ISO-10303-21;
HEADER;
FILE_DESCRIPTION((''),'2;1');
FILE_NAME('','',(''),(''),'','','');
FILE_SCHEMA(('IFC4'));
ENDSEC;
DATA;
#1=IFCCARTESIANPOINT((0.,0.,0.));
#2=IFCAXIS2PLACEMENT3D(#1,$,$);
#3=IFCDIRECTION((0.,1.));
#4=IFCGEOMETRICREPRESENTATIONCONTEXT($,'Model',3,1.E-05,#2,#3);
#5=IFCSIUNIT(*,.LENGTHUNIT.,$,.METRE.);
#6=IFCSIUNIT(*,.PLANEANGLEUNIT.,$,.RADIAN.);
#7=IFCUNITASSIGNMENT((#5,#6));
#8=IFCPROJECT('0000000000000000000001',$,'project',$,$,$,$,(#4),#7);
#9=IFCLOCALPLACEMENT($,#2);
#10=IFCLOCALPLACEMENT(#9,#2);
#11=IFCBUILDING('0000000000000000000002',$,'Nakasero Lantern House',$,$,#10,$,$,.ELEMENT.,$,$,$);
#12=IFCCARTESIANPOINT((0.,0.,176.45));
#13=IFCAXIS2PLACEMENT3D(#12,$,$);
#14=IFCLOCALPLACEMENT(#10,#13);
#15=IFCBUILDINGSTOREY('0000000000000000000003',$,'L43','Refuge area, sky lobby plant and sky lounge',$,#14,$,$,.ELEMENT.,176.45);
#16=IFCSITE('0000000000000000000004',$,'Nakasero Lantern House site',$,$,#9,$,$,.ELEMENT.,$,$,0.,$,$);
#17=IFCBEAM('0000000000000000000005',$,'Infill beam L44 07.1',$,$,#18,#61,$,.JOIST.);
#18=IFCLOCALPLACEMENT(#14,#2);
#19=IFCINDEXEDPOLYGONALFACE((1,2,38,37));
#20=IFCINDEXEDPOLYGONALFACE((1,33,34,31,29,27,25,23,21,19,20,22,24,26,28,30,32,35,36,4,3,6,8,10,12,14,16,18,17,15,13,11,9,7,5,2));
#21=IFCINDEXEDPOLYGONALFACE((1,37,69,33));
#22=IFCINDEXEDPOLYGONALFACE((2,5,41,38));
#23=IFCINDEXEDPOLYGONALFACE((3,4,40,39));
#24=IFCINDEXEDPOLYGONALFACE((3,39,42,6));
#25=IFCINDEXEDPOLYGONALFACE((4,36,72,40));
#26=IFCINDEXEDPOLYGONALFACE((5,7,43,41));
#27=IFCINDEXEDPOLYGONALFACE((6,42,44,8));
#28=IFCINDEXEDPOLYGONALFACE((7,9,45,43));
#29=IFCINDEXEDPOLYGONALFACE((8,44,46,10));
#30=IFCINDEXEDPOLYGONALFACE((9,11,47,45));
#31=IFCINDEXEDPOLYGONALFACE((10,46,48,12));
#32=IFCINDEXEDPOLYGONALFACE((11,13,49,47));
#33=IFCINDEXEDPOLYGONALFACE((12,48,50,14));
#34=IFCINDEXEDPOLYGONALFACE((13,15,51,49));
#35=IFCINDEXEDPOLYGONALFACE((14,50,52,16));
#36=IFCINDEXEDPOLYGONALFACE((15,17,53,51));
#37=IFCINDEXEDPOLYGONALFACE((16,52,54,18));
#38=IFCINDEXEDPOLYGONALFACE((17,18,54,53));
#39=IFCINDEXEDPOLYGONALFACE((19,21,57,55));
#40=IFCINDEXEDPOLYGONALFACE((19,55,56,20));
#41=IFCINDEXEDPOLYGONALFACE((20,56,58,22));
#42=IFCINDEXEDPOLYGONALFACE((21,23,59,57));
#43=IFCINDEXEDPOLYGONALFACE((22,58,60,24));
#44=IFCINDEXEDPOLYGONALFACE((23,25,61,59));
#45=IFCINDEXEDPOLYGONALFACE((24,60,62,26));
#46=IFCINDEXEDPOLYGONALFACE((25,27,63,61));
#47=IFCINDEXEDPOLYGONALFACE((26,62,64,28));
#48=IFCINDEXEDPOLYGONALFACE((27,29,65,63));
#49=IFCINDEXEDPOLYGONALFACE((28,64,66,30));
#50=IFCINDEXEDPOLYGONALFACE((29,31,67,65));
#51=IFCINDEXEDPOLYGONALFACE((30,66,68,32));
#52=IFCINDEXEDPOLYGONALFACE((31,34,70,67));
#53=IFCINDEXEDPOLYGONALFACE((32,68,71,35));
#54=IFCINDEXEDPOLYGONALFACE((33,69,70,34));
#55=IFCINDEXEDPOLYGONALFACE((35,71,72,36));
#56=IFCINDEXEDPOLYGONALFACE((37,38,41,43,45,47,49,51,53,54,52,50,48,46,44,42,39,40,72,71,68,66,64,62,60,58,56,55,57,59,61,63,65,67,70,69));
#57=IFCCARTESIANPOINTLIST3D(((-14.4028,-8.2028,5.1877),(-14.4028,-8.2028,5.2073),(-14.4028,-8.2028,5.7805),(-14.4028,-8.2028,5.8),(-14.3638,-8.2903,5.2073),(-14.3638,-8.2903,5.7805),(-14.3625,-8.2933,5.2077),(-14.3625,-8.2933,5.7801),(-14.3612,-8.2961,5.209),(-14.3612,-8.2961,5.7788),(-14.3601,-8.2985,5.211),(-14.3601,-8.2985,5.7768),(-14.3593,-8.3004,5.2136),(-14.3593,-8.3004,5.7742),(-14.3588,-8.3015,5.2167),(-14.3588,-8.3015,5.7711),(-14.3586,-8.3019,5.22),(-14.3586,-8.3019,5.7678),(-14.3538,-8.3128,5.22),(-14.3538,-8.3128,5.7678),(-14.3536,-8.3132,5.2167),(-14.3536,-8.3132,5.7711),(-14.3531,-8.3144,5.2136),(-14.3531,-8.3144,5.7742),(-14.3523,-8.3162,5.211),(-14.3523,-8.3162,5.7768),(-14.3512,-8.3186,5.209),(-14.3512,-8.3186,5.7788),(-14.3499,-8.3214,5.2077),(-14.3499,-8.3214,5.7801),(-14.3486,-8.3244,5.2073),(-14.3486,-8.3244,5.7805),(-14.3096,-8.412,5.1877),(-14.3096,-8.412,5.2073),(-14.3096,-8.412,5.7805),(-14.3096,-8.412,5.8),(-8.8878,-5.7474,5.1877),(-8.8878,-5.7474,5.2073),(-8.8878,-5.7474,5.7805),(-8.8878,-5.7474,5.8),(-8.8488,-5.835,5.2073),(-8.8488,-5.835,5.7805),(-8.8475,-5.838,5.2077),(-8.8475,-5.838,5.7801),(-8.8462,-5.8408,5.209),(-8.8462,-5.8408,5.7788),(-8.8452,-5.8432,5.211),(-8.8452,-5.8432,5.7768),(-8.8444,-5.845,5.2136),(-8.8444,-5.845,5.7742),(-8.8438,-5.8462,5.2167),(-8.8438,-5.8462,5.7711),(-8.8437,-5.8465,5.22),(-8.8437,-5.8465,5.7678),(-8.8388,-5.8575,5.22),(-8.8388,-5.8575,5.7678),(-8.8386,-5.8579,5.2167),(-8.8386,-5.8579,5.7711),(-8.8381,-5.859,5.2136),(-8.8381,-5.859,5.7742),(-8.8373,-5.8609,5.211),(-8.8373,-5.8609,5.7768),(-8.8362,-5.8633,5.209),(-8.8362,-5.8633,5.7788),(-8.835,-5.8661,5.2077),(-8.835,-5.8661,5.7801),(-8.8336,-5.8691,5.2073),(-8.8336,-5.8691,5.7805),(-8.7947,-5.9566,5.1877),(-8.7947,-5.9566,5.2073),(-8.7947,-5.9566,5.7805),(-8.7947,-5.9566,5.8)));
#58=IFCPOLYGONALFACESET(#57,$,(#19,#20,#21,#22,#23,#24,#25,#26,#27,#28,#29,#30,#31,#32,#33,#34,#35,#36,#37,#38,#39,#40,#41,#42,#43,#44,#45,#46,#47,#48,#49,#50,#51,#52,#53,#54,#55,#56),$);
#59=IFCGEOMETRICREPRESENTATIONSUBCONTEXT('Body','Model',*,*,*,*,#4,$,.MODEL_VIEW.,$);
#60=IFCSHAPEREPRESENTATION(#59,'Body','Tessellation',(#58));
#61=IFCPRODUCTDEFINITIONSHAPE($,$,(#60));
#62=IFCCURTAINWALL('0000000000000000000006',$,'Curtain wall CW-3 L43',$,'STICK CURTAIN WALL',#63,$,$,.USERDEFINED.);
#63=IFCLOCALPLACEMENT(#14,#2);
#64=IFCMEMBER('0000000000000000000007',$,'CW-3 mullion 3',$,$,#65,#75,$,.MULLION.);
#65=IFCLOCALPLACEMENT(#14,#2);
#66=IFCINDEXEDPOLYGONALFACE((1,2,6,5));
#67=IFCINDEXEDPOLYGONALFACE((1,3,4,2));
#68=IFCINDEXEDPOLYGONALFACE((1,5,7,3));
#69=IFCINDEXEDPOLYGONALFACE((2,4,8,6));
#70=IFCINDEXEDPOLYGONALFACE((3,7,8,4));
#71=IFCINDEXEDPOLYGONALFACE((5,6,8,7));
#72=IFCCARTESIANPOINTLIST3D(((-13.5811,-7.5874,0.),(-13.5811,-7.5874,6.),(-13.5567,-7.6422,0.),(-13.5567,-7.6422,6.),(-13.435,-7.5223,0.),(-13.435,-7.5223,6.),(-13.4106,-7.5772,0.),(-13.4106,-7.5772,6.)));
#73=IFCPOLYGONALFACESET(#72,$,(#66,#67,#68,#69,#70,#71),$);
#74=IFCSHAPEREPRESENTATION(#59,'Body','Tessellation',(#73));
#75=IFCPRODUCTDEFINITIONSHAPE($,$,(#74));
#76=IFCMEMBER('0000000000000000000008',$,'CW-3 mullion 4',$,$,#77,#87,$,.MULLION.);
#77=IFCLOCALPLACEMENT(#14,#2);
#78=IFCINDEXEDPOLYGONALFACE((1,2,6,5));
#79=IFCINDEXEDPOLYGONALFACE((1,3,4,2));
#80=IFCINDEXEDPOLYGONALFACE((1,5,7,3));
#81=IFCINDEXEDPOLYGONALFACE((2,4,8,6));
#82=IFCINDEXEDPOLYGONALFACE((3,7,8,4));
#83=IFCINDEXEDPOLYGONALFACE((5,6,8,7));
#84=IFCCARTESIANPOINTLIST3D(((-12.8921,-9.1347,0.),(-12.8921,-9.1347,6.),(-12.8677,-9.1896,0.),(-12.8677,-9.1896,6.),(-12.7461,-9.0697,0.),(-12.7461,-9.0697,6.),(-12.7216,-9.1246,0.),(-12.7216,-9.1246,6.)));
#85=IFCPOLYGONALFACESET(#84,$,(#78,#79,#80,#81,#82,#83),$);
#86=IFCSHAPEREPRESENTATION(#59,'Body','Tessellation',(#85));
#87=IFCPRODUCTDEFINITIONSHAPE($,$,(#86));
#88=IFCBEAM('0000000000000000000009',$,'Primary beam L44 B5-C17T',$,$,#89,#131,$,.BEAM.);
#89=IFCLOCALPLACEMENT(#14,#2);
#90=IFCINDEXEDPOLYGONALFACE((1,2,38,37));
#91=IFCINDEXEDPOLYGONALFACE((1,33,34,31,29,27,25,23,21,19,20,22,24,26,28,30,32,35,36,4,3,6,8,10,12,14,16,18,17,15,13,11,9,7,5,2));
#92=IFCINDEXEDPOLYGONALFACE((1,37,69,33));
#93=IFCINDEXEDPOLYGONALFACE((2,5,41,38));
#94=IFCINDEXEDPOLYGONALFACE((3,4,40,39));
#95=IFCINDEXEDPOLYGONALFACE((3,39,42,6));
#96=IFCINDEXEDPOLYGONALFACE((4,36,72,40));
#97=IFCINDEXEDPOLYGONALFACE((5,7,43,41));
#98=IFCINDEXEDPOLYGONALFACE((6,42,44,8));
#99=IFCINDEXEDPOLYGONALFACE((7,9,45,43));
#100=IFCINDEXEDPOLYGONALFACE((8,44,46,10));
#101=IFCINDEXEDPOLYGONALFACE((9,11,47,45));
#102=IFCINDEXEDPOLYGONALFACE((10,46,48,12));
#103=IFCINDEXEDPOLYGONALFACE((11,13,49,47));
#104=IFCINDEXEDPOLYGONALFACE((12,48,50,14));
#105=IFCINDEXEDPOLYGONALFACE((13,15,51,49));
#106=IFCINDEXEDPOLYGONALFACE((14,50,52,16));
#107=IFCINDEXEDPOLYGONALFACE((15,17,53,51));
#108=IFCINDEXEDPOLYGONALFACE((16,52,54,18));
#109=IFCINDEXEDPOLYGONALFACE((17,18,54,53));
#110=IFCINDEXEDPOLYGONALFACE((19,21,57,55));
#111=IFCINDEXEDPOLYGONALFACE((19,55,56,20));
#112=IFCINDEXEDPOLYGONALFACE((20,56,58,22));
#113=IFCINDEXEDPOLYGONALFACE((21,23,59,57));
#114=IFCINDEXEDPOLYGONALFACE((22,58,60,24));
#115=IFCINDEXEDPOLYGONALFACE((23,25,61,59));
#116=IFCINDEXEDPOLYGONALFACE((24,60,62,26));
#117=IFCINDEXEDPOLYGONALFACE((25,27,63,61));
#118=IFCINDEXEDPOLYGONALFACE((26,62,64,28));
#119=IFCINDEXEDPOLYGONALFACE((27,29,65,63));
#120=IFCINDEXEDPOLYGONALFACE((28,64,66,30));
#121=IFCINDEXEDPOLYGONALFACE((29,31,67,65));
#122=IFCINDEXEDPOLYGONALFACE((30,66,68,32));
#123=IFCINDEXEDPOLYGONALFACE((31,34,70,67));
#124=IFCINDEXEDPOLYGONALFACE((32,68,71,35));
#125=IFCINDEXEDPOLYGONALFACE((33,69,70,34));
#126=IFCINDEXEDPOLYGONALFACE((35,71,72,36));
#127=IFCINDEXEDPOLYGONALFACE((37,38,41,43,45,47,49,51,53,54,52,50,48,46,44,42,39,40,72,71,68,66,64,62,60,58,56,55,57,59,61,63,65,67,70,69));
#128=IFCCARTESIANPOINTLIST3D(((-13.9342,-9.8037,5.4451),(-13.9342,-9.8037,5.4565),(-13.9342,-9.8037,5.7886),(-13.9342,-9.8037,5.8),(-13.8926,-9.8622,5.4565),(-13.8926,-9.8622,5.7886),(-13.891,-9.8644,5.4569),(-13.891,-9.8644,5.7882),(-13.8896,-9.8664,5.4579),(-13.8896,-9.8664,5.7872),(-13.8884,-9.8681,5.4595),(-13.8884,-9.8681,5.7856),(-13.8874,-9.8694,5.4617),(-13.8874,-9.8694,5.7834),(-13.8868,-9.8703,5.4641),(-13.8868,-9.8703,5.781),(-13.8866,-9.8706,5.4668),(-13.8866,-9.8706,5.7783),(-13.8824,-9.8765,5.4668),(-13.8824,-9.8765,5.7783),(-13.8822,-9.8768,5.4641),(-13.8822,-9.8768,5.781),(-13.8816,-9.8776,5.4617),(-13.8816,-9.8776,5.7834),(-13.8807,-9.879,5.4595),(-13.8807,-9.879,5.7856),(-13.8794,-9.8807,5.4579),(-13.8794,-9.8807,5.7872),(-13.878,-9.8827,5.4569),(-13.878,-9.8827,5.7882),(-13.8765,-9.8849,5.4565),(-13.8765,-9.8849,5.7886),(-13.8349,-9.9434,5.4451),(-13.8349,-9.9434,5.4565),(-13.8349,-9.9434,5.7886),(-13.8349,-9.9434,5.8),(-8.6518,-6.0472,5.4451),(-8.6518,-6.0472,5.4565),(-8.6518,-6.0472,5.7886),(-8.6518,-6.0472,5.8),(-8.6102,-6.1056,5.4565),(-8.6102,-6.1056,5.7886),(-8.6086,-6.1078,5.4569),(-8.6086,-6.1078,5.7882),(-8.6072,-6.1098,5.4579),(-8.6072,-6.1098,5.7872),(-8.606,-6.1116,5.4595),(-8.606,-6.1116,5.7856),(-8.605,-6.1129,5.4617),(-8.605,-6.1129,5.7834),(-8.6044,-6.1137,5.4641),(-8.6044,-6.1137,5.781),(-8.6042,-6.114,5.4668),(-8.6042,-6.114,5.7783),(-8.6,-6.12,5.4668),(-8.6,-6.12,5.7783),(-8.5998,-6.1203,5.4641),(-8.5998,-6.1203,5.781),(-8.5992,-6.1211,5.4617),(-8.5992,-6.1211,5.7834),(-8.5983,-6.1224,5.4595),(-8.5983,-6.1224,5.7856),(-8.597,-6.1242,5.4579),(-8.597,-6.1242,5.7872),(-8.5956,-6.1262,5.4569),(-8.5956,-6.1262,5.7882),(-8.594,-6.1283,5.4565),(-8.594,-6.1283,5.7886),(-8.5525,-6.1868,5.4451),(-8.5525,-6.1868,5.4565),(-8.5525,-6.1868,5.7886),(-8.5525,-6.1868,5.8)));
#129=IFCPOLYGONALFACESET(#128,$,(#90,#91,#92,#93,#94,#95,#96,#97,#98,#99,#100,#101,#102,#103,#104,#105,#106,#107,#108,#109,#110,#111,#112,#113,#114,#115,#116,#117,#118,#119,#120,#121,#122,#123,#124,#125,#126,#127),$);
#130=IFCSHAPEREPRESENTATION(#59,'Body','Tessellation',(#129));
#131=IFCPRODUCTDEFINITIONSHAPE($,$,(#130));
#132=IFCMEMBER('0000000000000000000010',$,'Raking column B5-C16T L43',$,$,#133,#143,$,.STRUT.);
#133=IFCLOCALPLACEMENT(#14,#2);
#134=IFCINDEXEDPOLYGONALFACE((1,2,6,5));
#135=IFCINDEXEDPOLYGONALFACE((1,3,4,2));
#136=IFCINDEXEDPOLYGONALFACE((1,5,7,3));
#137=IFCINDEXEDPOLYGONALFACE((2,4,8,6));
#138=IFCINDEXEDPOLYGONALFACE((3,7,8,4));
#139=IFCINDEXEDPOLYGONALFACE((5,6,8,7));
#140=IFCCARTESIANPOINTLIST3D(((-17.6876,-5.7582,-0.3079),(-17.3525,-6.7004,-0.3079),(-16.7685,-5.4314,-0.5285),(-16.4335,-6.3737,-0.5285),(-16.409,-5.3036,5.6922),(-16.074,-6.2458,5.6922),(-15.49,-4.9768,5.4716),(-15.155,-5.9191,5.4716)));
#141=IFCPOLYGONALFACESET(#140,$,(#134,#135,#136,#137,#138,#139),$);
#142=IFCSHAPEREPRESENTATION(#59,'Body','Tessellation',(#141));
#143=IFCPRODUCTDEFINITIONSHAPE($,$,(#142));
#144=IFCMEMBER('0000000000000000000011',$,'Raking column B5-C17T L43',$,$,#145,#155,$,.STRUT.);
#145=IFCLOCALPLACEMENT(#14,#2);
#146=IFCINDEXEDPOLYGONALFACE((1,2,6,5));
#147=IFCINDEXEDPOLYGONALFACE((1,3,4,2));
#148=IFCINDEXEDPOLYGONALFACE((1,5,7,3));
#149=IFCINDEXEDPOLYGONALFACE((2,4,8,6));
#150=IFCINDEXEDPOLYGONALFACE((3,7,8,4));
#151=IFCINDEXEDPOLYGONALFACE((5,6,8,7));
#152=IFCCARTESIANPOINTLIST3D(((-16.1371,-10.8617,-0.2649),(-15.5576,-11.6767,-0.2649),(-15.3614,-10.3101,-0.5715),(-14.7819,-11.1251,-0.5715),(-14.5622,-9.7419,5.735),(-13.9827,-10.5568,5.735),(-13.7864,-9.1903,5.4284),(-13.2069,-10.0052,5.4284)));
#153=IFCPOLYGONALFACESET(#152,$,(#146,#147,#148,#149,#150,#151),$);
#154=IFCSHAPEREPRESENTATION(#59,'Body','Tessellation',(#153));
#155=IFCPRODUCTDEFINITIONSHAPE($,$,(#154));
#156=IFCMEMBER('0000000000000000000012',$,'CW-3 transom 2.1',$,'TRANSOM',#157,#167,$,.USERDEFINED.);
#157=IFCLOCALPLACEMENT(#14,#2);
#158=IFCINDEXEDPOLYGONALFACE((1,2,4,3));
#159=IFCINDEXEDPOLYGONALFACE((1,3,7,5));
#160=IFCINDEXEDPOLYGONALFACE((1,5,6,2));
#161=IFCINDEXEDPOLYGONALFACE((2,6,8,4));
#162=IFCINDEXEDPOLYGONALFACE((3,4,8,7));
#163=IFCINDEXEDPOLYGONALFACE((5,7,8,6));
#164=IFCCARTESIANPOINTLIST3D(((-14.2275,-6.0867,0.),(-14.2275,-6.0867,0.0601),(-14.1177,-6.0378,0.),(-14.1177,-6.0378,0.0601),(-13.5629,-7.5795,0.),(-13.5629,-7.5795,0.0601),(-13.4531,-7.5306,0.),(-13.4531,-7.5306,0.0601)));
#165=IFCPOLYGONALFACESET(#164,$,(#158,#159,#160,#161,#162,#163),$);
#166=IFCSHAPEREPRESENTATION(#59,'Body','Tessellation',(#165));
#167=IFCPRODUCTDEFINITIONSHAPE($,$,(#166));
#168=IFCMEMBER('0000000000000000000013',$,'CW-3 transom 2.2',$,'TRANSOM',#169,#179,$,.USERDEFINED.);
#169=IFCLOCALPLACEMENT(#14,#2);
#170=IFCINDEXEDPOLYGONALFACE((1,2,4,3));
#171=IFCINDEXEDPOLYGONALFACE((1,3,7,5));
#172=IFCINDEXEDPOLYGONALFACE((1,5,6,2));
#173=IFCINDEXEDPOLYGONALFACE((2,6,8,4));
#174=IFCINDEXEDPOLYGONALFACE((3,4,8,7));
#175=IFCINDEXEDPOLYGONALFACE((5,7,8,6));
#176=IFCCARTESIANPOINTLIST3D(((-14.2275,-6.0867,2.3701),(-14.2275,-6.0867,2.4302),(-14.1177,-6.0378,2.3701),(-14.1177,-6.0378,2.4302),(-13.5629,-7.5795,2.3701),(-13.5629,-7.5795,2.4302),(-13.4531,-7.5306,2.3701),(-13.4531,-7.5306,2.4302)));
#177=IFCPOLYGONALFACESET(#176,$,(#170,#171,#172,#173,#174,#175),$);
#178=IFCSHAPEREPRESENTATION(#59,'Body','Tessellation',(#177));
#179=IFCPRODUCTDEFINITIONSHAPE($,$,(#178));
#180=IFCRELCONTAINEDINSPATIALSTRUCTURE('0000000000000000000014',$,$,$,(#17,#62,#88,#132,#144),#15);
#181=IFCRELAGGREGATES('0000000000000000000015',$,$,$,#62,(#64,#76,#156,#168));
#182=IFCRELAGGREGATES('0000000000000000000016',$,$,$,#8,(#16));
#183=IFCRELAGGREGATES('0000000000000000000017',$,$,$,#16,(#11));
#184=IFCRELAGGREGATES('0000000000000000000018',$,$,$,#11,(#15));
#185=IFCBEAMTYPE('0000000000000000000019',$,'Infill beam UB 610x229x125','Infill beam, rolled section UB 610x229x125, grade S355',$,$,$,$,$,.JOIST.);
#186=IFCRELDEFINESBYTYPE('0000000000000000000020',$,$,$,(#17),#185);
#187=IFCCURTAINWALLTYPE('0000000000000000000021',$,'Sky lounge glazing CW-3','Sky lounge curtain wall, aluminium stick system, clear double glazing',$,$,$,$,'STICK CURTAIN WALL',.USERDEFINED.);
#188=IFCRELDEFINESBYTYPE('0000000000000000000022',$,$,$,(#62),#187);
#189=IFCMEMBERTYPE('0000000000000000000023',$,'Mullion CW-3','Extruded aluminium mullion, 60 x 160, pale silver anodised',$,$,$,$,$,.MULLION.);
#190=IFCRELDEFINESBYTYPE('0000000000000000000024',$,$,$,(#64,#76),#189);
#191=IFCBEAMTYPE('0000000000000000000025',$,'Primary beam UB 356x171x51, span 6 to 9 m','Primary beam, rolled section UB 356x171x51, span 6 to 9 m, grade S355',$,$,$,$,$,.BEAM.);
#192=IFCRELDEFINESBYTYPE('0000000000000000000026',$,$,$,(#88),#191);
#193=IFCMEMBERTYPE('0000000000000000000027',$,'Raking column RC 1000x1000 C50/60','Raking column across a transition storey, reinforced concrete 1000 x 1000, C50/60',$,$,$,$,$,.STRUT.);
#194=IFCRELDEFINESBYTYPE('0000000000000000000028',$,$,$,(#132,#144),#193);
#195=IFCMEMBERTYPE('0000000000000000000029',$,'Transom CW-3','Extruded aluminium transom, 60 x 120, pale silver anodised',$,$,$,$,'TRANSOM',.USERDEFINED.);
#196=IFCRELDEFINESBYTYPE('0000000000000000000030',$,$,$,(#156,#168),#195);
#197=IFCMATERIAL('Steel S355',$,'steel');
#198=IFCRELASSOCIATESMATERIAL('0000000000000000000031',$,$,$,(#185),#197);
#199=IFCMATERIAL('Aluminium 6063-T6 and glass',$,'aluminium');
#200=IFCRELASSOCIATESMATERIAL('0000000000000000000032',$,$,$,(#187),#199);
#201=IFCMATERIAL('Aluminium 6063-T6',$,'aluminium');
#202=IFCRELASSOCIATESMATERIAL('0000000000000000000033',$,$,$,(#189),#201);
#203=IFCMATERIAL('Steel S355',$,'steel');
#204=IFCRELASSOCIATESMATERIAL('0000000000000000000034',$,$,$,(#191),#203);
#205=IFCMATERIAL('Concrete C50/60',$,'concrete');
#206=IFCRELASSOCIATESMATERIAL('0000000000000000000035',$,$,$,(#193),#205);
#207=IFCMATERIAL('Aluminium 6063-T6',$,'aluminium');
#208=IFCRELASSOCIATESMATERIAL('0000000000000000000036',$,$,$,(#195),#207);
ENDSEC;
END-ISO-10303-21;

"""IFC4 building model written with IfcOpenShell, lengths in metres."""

from ifc_helpers import new_model, si_unit, direction, frame, origin, origin_2d, place, context, subcontext, project, spatial, rectangle, i_section, extrude, material, material_profile, profile_set, type_object, element, aggregate, save


model = new_model("IFC4")

# Units and contexts
model_context = context("Model", 3, precision=1e-05, world=origin(), true_north=direction((0.0, 1.0)))
body_context = subcontext(model_context, "Body", "Model", "MODEL_VIEW")
ifc_project = project(units=[si_unit("LENGTHUNIT", "METRE"), si_unit("PLANEANGLEUNIT", "RADIAN")], contexts=[model_context])

# Site, building, storey
site_placement = place(None, origin())
site = spatial("IfcSite", under=ifc_project, at=site_placement, Name="Nakasero Lantern House site", CompositionType="ELEMENT", RefElevation=0.0)
building_placement = place(site_placement, origin())
building = spatial("IfcBuilding", under=site, at=building_placement, Name="Nakasero Lantern House", CompositionType="ELEMENT")
storey_placement = place(building_placement, frame((0.0, 0.0, 176.45)))
storey = spatial("IfcBuildingStorey", under=building, at=storey_placement, Name="L43", Description="Refuge area, sky lobby plant and sky lounge", CompositionType="ELEMENT", Elevation=176.45)

# Beam
ifc_material_1 = material(Name="Steel S355", Category="steel")
ifc_material_profile_1 = material_profile(ifc_material_1, i_section(OverallWidth=0.229, OverallDepth=0.6123, WebThickness=0.012, FlangeThickness=0.0195, FilletRadius=0.0127, at=origin_2d()), Name="UB 610x229x125")
ifc_profile_set_1 = profile_set([ifc_material_profile_1], Name="Steel S355")
beam_type_1 = type_object("IfcBeamType", Name="Infill beam UB 610x229x125", Description="Infill beam, rolled section UB 610x229x125, grade S355", PredefinedType="JOIST", material=ifc_profile_set_1)
beam_1_placement = place(storey_placement, frame((-14.3562, -8.3074, 5.4939), z_axis=(0.91355, 0.406728, 0.0), x_axis=(-0.406728, 0.91355, 0.0)))
element("IfcBeam", 1, at=beam_1_placement, inside=storey, type_object=beam_type_1, Name="Infill beam L44 07.1", PredefinedType="JOIST", context=body_context, shape_type="SweptSolid", body=[
    extrude(i_section(OverallWidth=0.229, OverallDepth=0.6123, WebThickness=0.012, FlangeThickness=0.0195, FilletRadius=0.0127, at=origin_2d()), origin(), (0.0, 0.0, 1.0), 6.0369),
])

# Curtain wall, members
ifc_material_2 = material(Name="Aluminium 6063-T6 and glass", Category="aluminium")
curtain_wall_type = type_object("IfcCurtainWallType", Name="Sky lounge glazing CW-3", Description="Sky lounge curtain wall, aluminium stick system, clear double glazing", ElementType="STICK CURTAIN WALL", PredefinedType="USERDEFINED", material=ifc_material_2)
curtain_wall_placement = place(storey_placement, origin())
curtain_wall = element("IfcCurtainWall", 2, at=curtain_wall_placement, inside=storey, type_object=curtain_wall_type, Name="Curtain wall CW-3 L43", ObjectType="STICK CURTAIN WALL", PredefinedType="USERDEFINED")
ifc_material_3 = material(Name="Aluminium 6063-T6", Category="aluminium")
ifc_material_profile_2 = material_profile(ifc_material_3, rectangle(XDim=0.0601, YDim=0.1599, at=origin_2d()), Name="CW-3 mullion 60x160")
ifc_profile_set_2 = profile_set([ifc_material_profile_2], Name="Aluminium 6063-T6")
member_type_1 = type_object("IfcMemberType", Name="Mullion CW-3", Description="Extruded aluminium mullion, 60 x 160, pale silver anodised", PredefinedType="MULLION", material=ifc_profile_set_2)
member_1_placement = place(storey_placement, frame((-13.4958, -7.5823, 0.0), z_axis=(0.0, 0.0, 1.0), x_axis=(0.406737, -0.913545, 0.0)))
member_1 = element("IfcMember", 3, at=member_1_placement, type_object=member_type_1, Name="CW-3 mullion 3", PredefinedType="MULLION", context=body_context, shape_type="SweptSolid", body=[
    extrude(rectangle(XDim=0.0601, YDim=0.1599, at=origin_2d()), origin(), (0.0, 0.0, 1.0), 6.0),
])
member_2_placement = place(storey_placement, frame((-12.8069, -9.1296, 0.0), z_axis=(0.0, 0.0, 1.0), x_axis=(0.406737, -0.913545, 0.0)))
member_2 = element("IfcMember", 4, at=member_2_placement, type_object=member_type_1, Name="CW-3 mullion 4", PredefinedType="MULLION", context=body_context, shape_type="SweptSolid", body=[
    extrude(rectangle(XDim=0.0601, YDim=0.1599, at=origin_2d()), origin(), (0.0, 0.0, 1.0), 6.0),
])

# Beam
ifc_material_4 = material(Name="Steel S355", Category="steel")
ifc_material_profile_3 = material_profile(ifc_material_4, i_section(OverallWidth=0.1714, OverallDepth=0.355, WebThickness=0.0073, FlangeThickness=0.0115, FilletRadius=0.0103, at=origin_2d()), Name="UB 356x171x51")
ifc_profile_set_3 = profile_set([ifc_material_profile_3], Name="Steel S355")
beam_type_2 = type_object("IfcBeamType", Name="Primary beam UB 356x171x51, span 6 to 9 m", Description="Primary beam, rolled section UB 356x171x51, span 6 to 9 m, grade S355", PredefinedType="BEAM", material=ifc_profile_set_3)
beam_2_placement = place(storey_placement, frame((-13.8845, -9.8735, 5.6226), z_axis=(0.814943, 0.579541, 0.0), x_axis=(-0.579541, 0.814943, 0.0)))
element("IfcBeam", 5, at=beam_2_placement, inside=storey, type_object=beam_type_2, Name="Primary beam L44 B5-C17T", PredefinedType="BEAM", context=body_context, shape_type="SweptSolid", body=[
    extrude(i_section(OverallWidth=0.1714, OverallDepth=0.355, WebThickness=0.0073, FlangeThickness=0.0115, FilletRadius=0.0103, at=origin_2d()), origin(), (0.0, 0.0, 1.0), 6.4819),
])

# Members
ifc_material_5 = material(Name="Concrete C50/60", Category="concrete")
ifc_material_profile_4 = material_profile(ifc_material_5, rectangle(XDim=1.0, YDim=1.0, at=origin_2d()), Name="RC 1000x1000")
ifc_profile_set_4 = profile_set([ifc_material_profile_4], Name="Concrete C50/60")
member_type_2 = type_object("IfcMemberType", Name="Raking column RC 1000x1000 C50/60", Description="Raking column across a transition storey, reinforced concrete 1000 x 1000, C50/60", PredefinedType="STRUT", material=ifc_profile_set_4)
member_3_placement = place(storey_placement, frame((-17.0605, -6.0659, -0.4182), z_axis=(0.207845, 0.073899, 0.975366), x_axis=(-0.335003, 0.942217, 0.0)))
element("IfcMember", 6, at=member_3_placement, inside=storey, type_object=member_type_2, Name="Raking column B5-C16T L43", PredefinedType="STRUT", context=body_context, shape_type="SweptSolid", body=[
    extrude(rectangle(XDim=1.0, YDim=1.0, at=origin_2d()), origin(), (0.0, 0.0, 1.0), 6.1516),
])
member_4_placement = place(storey_placement, frame((-15.4595, -10.9934, -0.4182), z_axis=(0.249852, 0.177658, 0.951846), x_axis=(-0.579492, 0.814978, 0.0)))
element("IfcMember", 7, at=member_4_placement, inside=storey, type_object=member_type_2, Name="Raking column B5-C17T L43", PredefinedType="STRUT", context=body_context, shape_type="SweptSolid", body=[
    extrude(rectangle(XDim=1.0, YDim=1.0, at=origin_2d()), origin(), (0.0, 0.0, 1.0), 6.3035),
])

# Members
ifc_material_6 = material(Name="Aluminium 6063-T6", Category="aluminium")
ifc_material_profile_5 = material_profile(ifc_material_6, rectangle(XDim=0.0601, YDim=0.1201, at=origin_2d()), Name="CW-3 transom 60x120")
ifc_profile_set_5 = profile_set([ifc_material_profile_5], Name="Aluminium 6063-T6")
member_type_3 = type_object("IfcMemberType", Name="Transom CW-3", Description="Extruded aluminium transom, 60 x 120, pale silver anodised", ElementType="TRANSOM", PredefinedType="USERDEFINED", material=ifc_profile_set_5)
member_5_placement = place(storey_placement, frame((-14.1726, -6.0623, 0.03), z_axis=(0.406721, -0.913553, 0.0), x_axis=(0.0, 0.0, 1.0)))
member_5 = element("IfcMember", 8, at=member_5_placement, type_object=member_type_3, Name="CW-3 transom 2.1", ObjectType="TRANSOM", PredefinedType="USERDEFINED", context=body_context, shape_type="SweptSolid", body=[
    extrude(rectangle(XDim=0.0601, YDim=0.1201, at=origin_2d()), origin(), (0.0, 0.0, 1.0), 1.634),
])
member_6_placement = place(storey_placement, frame((-14.1726, -6.0623, 2.4001), z_axis=(0.406721, -0.913553, 0.0), x_axis=(0.0, 0.0, 1.0)))
member_6 = element("IfcMember", 9, at=member_6_placement, type_object=member_type_3, Name="CW-3 transom 2.2", ObjectType="TRANSOM", PredefinedType="USERDEFINED", context=body_context, shape_type="SweptSolid", body=[
    extrude(rectangle(XDim=0.0601, YDim=0.1201, at=origin_2d()), origin(), (0.0, 0.0, 1.0), 1.634),
])

aggregate(curtain_wall, [member_1, member_2, member_5, member_6])

save(model, "model.ifc")
